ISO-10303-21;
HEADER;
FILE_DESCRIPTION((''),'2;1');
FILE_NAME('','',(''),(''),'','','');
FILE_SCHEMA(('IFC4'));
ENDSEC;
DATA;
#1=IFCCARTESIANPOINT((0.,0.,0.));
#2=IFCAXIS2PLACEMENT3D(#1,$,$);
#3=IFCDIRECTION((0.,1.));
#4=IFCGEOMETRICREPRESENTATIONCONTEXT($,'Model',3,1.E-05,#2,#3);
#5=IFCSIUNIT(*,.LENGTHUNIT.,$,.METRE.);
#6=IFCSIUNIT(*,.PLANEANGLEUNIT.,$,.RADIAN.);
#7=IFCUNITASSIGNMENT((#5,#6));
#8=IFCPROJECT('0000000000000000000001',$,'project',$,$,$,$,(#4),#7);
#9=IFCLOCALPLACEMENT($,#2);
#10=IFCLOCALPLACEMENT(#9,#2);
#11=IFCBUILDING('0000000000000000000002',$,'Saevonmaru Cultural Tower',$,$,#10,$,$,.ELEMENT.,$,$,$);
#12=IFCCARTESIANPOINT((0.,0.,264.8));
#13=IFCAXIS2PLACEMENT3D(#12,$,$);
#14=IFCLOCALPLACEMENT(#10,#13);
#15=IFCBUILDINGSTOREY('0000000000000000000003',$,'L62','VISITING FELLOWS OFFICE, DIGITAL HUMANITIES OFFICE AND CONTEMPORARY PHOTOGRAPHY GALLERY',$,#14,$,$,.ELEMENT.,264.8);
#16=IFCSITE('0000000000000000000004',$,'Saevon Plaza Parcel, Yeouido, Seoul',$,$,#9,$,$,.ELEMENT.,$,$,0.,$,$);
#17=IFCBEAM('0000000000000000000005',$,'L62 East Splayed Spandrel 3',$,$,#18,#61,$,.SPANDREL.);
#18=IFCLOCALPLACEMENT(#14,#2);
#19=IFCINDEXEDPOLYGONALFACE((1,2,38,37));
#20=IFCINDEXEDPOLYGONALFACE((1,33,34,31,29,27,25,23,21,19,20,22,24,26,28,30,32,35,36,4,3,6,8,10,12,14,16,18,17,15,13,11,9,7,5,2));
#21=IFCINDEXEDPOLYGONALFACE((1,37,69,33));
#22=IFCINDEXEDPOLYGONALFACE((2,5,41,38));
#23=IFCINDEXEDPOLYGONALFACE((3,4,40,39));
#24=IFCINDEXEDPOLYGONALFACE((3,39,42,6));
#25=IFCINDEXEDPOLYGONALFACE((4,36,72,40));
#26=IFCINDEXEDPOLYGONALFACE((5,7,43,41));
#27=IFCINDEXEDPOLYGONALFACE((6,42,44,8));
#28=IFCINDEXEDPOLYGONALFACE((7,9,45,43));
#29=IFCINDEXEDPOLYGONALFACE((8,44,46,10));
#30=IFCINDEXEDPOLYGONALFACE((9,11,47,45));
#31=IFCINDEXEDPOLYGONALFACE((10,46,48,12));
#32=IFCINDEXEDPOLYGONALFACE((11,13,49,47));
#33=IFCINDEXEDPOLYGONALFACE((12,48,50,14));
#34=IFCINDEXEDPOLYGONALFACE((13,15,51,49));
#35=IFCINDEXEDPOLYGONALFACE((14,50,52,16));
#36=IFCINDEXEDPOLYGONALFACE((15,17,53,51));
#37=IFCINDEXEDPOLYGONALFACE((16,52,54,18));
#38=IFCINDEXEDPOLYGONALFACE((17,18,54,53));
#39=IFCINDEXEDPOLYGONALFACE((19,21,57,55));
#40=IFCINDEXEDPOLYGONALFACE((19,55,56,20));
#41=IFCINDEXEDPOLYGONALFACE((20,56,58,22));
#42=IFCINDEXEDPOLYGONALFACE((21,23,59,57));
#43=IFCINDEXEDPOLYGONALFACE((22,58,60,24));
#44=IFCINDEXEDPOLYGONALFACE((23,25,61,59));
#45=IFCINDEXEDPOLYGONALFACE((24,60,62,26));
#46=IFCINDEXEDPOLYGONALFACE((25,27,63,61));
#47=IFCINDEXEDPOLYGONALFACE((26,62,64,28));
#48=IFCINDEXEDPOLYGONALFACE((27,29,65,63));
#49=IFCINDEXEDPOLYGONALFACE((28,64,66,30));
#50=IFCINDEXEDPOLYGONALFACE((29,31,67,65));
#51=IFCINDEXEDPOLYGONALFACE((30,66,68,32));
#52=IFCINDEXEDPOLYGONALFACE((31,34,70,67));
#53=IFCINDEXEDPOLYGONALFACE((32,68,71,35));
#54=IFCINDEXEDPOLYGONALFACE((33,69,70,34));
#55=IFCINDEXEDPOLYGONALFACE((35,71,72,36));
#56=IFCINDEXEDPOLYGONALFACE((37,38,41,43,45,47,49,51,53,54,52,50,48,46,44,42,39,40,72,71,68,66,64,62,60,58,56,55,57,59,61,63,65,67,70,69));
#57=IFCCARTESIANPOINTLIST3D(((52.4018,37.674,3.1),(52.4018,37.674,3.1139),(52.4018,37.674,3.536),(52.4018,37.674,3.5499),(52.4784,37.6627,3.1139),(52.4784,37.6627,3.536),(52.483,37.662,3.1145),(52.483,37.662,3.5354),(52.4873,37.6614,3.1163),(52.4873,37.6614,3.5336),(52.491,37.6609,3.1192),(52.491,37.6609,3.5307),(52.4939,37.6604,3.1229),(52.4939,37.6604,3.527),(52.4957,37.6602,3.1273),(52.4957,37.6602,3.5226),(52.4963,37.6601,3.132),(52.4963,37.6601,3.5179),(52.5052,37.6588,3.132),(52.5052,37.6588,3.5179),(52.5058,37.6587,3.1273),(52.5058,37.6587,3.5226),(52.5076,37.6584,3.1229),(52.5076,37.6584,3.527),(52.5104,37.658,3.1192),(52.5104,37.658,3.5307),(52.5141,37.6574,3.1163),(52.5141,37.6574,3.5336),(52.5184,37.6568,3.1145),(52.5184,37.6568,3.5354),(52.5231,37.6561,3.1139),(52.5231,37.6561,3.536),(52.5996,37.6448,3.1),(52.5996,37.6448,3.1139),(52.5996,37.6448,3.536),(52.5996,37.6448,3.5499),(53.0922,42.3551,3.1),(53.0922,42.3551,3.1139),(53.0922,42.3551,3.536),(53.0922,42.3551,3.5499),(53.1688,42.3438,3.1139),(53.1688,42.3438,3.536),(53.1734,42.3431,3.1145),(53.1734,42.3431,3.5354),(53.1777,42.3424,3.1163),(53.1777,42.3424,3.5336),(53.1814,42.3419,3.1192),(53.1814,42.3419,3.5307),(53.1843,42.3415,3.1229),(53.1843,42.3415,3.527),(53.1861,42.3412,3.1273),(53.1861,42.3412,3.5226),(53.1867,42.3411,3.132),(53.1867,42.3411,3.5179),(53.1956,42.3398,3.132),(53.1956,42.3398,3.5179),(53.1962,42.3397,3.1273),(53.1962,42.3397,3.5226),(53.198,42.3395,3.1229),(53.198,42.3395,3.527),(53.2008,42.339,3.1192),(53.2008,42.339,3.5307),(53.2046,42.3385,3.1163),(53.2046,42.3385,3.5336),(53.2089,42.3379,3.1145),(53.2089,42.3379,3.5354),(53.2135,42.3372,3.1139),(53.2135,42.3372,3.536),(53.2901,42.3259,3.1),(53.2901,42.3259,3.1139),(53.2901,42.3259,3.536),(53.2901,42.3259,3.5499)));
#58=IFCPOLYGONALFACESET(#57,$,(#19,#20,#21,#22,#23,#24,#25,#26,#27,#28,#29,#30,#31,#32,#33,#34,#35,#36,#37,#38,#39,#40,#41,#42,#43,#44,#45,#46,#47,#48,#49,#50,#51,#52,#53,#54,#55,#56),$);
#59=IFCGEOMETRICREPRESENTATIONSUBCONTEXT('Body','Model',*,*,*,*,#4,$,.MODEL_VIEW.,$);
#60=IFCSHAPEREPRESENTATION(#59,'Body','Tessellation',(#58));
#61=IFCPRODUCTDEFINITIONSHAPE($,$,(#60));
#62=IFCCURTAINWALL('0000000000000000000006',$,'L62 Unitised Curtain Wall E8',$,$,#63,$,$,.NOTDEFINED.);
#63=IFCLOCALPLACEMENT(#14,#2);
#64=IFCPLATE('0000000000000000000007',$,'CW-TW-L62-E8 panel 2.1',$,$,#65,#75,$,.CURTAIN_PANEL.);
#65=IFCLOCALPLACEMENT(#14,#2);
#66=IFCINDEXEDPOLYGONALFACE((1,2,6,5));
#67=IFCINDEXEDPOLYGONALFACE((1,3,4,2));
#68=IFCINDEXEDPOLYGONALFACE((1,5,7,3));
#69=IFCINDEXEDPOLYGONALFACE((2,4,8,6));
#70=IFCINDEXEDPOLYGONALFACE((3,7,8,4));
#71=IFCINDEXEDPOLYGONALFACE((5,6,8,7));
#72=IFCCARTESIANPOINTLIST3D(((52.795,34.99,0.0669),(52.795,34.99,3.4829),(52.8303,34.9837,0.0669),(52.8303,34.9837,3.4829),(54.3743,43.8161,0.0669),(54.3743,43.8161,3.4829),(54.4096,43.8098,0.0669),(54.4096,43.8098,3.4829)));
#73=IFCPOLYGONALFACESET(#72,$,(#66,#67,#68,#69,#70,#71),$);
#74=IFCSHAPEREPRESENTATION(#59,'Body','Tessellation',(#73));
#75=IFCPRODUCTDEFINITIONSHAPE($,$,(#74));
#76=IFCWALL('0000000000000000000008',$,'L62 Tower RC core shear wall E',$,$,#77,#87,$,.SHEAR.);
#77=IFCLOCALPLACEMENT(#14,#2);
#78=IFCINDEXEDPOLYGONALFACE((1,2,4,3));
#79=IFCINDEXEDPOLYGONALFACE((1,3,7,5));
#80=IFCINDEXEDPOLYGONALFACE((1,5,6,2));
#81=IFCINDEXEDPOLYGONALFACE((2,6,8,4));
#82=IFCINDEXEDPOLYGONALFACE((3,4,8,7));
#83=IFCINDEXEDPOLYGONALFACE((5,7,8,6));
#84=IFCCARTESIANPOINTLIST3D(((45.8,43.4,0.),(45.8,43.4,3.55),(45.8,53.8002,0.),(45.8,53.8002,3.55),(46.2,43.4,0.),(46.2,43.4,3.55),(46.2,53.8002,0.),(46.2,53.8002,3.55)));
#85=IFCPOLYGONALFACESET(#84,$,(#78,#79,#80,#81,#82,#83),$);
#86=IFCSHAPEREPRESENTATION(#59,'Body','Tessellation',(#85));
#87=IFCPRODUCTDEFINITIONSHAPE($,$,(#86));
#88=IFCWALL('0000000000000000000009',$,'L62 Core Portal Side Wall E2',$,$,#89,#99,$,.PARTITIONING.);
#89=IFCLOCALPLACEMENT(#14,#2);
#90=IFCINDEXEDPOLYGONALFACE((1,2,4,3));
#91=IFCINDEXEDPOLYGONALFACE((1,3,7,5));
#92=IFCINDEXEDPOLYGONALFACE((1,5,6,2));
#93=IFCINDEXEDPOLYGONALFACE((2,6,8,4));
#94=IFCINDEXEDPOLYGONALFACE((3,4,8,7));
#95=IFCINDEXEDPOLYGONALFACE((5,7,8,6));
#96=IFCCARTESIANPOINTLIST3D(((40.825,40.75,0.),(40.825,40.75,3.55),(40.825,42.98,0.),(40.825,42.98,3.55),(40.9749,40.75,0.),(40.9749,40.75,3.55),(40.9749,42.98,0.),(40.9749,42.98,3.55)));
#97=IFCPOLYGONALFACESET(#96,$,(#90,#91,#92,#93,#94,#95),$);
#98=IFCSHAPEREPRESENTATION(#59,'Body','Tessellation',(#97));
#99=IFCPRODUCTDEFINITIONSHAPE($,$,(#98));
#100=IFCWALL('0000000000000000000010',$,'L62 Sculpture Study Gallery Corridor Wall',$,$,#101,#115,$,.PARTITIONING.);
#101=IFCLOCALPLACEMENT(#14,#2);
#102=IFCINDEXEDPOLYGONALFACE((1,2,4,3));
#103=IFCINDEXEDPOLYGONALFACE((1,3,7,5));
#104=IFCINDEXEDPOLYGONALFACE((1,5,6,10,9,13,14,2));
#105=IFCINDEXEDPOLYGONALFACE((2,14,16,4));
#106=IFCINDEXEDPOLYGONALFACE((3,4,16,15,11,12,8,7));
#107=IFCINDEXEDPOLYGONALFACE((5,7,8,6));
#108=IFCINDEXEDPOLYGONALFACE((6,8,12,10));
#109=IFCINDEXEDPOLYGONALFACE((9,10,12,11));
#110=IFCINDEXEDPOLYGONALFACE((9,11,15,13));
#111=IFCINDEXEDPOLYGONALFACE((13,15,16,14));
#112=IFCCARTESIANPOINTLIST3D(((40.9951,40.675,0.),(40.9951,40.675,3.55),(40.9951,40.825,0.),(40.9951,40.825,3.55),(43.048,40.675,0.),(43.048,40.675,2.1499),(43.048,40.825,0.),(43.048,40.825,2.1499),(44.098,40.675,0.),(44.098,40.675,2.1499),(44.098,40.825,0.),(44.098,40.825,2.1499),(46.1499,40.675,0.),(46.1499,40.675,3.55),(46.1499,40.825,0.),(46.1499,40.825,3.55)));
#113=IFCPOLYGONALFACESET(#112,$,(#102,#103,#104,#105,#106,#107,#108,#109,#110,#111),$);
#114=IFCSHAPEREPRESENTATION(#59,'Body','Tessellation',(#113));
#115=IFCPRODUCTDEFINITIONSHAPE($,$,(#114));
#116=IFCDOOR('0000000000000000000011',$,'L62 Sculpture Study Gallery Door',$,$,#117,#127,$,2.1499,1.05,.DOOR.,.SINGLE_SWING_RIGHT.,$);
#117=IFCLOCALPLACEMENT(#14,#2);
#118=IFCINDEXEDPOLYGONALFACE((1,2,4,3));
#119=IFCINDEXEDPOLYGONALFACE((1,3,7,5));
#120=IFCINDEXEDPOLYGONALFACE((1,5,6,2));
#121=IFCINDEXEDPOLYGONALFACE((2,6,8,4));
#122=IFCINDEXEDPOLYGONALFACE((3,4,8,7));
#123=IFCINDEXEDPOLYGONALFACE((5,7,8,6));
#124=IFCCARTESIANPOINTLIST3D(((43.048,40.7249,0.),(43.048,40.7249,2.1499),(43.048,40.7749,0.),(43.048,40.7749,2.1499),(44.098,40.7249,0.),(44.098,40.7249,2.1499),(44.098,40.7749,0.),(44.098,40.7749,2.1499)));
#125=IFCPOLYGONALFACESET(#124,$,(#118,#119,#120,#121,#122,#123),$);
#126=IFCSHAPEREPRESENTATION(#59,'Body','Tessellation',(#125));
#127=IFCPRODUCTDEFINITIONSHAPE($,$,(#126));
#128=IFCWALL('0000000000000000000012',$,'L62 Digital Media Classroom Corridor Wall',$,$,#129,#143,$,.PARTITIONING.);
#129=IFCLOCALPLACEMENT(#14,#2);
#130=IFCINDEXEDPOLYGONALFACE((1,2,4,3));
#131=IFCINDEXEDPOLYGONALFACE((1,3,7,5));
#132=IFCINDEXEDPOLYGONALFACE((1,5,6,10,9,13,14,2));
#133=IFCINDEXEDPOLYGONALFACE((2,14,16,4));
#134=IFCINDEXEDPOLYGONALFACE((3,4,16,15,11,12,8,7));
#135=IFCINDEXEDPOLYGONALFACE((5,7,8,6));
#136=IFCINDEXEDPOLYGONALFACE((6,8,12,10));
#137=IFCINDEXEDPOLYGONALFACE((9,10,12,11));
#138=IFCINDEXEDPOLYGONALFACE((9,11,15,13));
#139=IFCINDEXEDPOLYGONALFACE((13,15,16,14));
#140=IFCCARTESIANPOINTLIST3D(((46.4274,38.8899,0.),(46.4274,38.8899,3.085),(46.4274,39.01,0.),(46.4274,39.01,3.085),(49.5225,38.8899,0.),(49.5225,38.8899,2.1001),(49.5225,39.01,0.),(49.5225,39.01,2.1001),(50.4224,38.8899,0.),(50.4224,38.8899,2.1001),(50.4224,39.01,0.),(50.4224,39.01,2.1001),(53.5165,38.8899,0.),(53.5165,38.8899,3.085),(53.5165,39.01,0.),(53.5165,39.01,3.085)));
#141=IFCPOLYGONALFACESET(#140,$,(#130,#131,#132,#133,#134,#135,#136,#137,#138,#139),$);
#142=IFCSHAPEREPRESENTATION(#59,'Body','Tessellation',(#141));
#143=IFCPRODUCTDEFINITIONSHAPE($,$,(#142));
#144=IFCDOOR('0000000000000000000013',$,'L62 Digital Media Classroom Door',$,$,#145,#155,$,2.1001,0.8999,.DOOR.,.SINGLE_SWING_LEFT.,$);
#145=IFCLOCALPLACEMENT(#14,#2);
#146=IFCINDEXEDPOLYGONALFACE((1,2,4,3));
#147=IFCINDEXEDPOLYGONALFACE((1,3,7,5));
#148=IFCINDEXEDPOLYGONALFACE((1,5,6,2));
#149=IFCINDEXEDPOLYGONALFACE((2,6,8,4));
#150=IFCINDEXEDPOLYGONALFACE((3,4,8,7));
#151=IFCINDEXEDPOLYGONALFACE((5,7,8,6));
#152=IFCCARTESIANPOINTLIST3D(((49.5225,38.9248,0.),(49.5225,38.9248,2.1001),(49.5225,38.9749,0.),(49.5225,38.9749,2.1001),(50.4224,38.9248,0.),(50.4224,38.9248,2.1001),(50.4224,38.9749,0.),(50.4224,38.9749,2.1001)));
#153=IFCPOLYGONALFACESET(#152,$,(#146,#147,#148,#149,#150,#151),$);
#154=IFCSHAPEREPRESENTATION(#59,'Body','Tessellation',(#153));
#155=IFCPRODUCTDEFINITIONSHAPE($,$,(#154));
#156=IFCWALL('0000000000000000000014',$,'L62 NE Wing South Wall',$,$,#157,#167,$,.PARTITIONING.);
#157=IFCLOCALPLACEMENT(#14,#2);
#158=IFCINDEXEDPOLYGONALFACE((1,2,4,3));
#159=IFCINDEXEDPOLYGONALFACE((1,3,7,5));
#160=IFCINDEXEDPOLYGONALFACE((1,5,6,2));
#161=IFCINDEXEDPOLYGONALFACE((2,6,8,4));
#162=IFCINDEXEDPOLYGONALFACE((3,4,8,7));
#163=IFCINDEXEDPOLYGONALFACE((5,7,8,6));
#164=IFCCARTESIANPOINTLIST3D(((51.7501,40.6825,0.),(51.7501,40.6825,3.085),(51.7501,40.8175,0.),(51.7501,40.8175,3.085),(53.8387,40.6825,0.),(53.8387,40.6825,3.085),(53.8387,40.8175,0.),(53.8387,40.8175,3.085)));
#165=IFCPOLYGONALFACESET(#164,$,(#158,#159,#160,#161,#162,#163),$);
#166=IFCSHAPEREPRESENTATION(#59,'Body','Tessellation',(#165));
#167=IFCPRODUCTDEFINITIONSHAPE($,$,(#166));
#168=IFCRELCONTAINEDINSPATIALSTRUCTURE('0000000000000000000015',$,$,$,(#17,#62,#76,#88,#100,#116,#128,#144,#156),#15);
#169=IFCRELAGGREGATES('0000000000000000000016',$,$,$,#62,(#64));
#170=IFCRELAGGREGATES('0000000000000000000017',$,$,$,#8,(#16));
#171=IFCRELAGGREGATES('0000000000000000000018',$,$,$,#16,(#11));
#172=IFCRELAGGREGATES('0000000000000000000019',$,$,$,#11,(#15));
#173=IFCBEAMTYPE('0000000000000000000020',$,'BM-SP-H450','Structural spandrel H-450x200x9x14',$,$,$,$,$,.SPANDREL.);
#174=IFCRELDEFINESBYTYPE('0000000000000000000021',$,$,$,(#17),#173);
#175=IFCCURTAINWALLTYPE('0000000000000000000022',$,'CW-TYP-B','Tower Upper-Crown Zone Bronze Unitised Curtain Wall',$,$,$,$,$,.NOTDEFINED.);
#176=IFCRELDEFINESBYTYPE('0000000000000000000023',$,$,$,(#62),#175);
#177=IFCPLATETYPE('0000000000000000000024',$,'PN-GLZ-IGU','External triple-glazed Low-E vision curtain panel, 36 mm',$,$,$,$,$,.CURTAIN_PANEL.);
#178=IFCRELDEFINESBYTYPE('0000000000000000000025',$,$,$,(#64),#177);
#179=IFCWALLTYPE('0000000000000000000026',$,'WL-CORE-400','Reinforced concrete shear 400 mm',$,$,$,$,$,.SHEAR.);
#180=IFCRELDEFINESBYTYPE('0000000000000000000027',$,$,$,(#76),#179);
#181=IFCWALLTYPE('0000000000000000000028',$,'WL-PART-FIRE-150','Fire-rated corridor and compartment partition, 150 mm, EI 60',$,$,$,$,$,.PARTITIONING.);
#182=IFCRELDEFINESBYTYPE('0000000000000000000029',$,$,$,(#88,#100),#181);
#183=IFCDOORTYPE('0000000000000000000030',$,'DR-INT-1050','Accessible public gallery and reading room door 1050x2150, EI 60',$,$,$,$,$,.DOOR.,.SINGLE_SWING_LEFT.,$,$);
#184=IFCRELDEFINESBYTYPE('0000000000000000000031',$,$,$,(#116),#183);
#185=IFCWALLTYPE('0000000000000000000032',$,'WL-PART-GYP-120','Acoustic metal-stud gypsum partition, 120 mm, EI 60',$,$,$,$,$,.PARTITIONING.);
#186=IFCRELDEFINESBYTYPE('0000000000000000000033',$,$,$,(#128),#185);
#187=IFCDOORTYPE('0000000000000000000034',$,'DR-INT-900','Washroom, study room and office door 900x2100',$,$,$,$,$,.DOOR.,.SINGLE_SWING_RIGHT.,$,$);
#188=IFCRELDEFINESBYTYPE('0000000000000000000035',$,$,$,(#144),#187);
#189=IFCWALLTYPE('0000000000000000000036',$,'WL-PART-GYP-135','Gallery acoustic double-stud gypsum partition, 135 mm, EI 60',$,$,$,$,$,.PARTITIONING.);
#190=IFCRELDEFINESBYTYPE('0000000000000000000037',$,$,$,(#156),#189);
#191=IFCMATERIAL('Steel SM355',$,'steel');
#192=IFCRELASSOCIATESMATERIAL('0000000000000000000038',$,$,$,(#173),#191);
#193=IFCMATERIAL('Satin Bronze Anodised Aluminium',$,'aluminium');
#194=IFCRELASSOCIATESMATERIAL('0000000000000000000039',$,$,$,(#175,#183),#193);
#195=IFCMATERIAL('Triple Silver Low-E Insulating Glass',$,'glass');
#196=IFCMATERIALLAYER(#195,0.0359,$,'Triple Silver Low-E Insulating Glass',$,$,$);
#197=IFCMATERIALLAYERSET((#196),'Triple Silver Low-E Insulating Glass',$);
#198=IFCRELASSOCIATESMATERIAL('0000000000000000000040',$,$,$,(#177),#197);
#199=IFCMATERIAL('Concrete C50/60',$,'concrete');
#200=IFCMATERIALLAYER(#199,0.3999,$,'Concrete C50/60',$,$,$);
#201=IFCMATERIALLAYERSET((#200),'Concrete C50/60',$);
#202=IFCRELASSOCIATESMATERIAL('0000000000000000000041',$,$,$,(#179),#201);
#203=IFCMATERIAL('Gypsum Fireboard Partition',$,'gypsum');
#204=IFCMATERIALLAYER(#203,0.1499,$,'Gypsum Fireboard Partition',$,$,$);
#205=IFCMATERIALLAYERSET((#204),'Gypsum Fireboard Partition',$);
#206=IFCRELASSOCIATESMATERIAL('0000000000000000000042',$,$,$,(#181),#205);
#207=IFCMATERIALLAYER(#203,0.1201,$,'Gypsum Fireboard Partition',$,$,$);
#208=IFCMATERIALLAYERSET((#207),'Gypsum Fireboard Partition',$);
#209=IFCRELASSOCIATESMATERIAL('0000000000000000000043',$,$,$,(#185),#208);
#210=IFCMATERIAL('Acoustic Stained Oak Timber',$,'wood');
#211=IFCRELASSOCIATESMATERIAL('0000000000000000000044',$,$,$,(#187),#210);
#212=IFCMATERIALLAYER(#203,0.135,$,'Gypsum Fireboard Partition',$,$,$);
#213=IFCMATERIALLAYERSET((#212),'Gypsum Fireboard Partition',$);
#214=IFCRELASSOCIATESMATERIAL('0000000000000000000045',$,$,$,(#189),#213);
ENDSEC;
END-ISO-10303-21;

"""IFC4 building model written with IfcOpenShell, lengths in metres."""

from ifc_helpers import new_model, si_unit, direction, frame, frame_2d, origin, origin_2d, place, context, subcontext, project, spatial, rectangle, i_section, extrude, material, layer, layer_set, material_profile, profile_set, type_object, element, fill, aggregate, save


model = new_model("IFC4")

# Units and contexts
model_context = context("Model", 3, precision=1e-05, world=origin(), true_north=direction((0.0, 1.0)))
body_context = subcontext(model_context, "Body", "Model", "MODEL_VIEW")
ifc_project = project(units=[si_unit("LENGTHUNIT", "METRE"), si_unit("PLANEANGLEUNIT", "RADIAN")], contexts=[model_context])

# Site, building, storey
site_placement = place(None, origin())
site = spatial("IfcSite", under=ifc_project, at=site_placement, Name="Saevon Plaza Parcel, Yeouido, Seoul", CompositionType="ELEMENT", RefElevation=0.0)
building_placement = place(site_placement, origin())
building = spatial("IfcBuilding", under=site, at=building_placement, Name="Saevonmaru Cultural Tower", CompositionType="ELEMENT")
storey_placement = place(building_placement, frame((0.0, 0.0, 264.8)))
storey = spatial("IfcBuildingStorey", under=building, at=storey_placement, Name="L62", Description="VISITING FELLOWS OFFICE, DIGITAL HUMANITIES OFFICE AND CONTEMPORARY PHOTOGRAPHY GALLERY", CompositionType="ELEMENT", Elevation=264.8)

# Shared definitions
ifc_material_1 = material(Name="Steel SM355", Category="steel")

# Beam
ifc_material_profile_1 = material_profile(ifc_material_1, i_section(OverallWidth=0.2, OverallDepth=0.45, WebThickness=0.009, FlangeThickness=0.0139, FilletRadius=0.0181, at=origin_2d()), Name="H-450x200x9x14")
ifc_profile_set_1 = profile_set([ifc_material_profile_1], Name="Steel SM355")
beam_type_1 = type_object("IfcBeamType", Name="BM-SP-H450", Description="Structural spandrel H-450x200x9x14", PredefinedType="SPANDREL", material=ifc_profile_set_1)
beam_1_placement = place(storey_placement, frame((52.5007, 37.6594, 3.325), z_axis=(0.145913, 0.989297, 0.0), x_axis=(-0.989297, 0.145913, 0.0)))
element("IfcBeam", 1, at=beam_1_placement, inside=storey, type_object=beam_type_1, Name="L62 East Splayed Spandrel 3", PredefinedType="SPANDREL", context=body_context, shape_type="SweptSolid", body=[
    extrude(i_section(OverallWidth=0.2, OverallDepth=0.45, WebThickness=0.009, FlangeThickness=0.0139, FilletRadius=0.0181, at=origin_2d()), origin(), (0.0, 0.0, 1.0), 4.7317),
])

# Curtain wall, plate
ifc_material_2 = material(Name="Satin Bronze Anodised Aluminium", Category="aluminium")
curtain_wall_type = type_object("IfcCurtainWallType", Name="CW-TYP-B", Description="Tower Upper-Crown Zone Bronze Unitised Curtain Wall", PredefinedType="NOTDEFINED", material=ifc_material_2)
curtain_wall_placement = place(storey_placement, origin())
curtain_wall = element("IfcCurtainWall", 2, at=curtain_wall_placement, inside=storey, type_object=curtain_wall_type, Name="L62 Unitised Curtain Wall E8", PredefinedType="NOTDEFINED")
ifc_material_3 = material(Name="Triple Silver Low-E Insulating Glass", Category="glass")
ifc_layer_1 = layer(ifc_material_3, 0.0359, Name="Triple Silver Low-E Insulating Glass")
ifc_layer_set_1 = layer_set([ifc_layer_1], Name="Triple Silver Low-E Insulating Glass")
plate_type = type_object("IfcPlateType", Name="PN-GLZ-IGU", Description="External triple-glazed Low-E vision curtain panel, 36 mm", PredefinedType="CURTAIN_PANEL", material=ifc_layer_set_1)
plate_placement = place(storey_placement, frame((53.6023, 39.3999, 0.0669), z_axis=(0.0, 0.0, 1.0), x_axis=(0.176141, 0.984365, 0.0)))
plate = element("IfcPlate", 3, at=plate_placement, type_object=plate_type, Name="CW-TW-L62-E8 panel 2.1", PredefinedType="CURTAIN_PANEL", context=body_context, shape_type="SweptSolid", body=[
    extrude(rectangle(XDim=8.9663, YDim=0.0359, at=origin_2d()), origin(), (0.0, 0.0, 1.0), 3.416),
])
aggregate(curtain_wall, [plate])

# Wall
ifc_material_4 = material(Name="Concrete C50/60", Category="concrete")
ifc_layer_2 = layer(ifc_material_4, 0.3999, Name="Concrete C50/60")
ifc_layer_set_2 = layer_set([ifc_layer_2], Name="Concrete C50/60")
wall_type_1 = type_object("IfcWallType", Name="WL-CORE-400", Description="Reinforced concrete shear 400 mm", PredefinedType="SHEAR", material=ifc_layer_set_2)
wall_1_placement = place(storey_placement, frame((46.0, 43.3999, 0.0), z_axis=(0.0, 0.0, 1.0), x_axis=(0.0, 1.0, 0.0)))
element("IfcWall", 4, at=wall_1_placement, inside=storey, type_object=wall_type_1, Name="L62 Tower RC core shear wall E", PredefinedType="SHEAR", context=body_context, shape_type="SweptSolid", body=[
    extrude(rectangle(XDim=10.4001, YDim=0.3999, at=frame_2d((5.2002, 0.0))), origin(), (0.0, 0.0, 1.0), 3.55),
])

# Shared definitions
ifc_material_5 = material(Name="Gypsum Fireboard Partition", Category="gypsum")
ifc_layer_3 = layer(ifc_material_5, 0.1499, Name="Gypsum Fireboard Partition")
ifc_layer_set_3 = layer_set([ifc_layer_3], Name="Gypsum Fireboard Partition")
wall_type_2 = type_object("IfcWallType", Name="WL-PART-FIRE-150", Description="Fire-rated corridor and compartment partition, 150 mm, EI 60", PredefinedType="PARTITIONING", material=ifc_layer_set_3)
door_type_1 = type_object("IfcDoorType", Name="DR-INT-1050", Description="Accessible public gallery and reading room door 1050x2150, EI 60", OperationType="SINGLE_SWING_LEFT", PredefinedType="DOOR", material=ifc_material_2)

# Wall
wall_2_placement = place(storey_placement, frame((40.8999, 40.75, 0.0), z_axis=(0.0, 0.0, 1.0), x_axis=(0.0, 1.0, 0.0)))
element("IfcWall", 5, at=wall_2_placement, inside=storey, type_object=wall_type_2, Name="L62 Core Portal Side Wall E2", PredefinedType="PARTITIONING", context=body_context, shape_type="SweptSolid", body=[
    extrude(rectangle(XDim=2.23, YDim=0.1499, at=frame_2d((1.115, 0.0))), origin(), (0.0, 0.0, 1.0), 3.55),
])

# Walls, openings, doors
wall_3_placement = place(storey_placement, frame((40.9951, 40.75, 0.0), z_axis=(0.0, 0.0, 1.0), x_axis=(1.0, 0.0, 0.0)))
wall_3 = element("IfcWall", 6, at=wall_3_placement, inside=storey, type_object=wall_type_2, Name="L62 Sculpture Study Gallery Corridor Wall", PredefinedType="PARTITIONING", context=body_context, shape_type="SweptSolid", body=[
    extrude(rectangle(XDim=5.1548, YDim=0.1499, at=frame_2d((2.5774, 0.0))), origin(), (0.0, 0.0, 1.0), 3.55),
])
opening_1_placement = place(wall_3_placement, frame((2.053, 0.0, 0.0)))
opening_1 = element("IfcOpeningElement", 7, at=opening_1_placement, cuts=wall_3, PredefinedType="OPENING", context=body_context, shape_type="SweptSolid", body=[
    extrude(rectangle(XDim=1.05, YDim=2.1499, at=frame_2d((0.5249, 1.075))), frame((0.0, 0.085, 0.0), z_axis=(0.0, -1.0, 0.0), x_axis=(1.0, 0.0, 0.0)), (0.0, 0.0, 1.0), 0.1699),
])
door_1_placement = place(opening_1_placement, origin())
door_1 = element("IfcDoor", 8, at=door_1_placement, inside=storey, type_object=door_type_1, Name="L62 Sculpture Study Gallery Door", OperationType="SINGLE_SWING_RIGHT", OverallHeight=2.1499, OverallWidth=1.05, PredefinedType="DOOR", context=body_context, shape_type="SweptSolid", body=[
    extrude(rectangle(XDim=1.05, YDim=2.1499, at=frame_2d((0.5249, 1.075))), frame((0.0, 0.0249, 0.0), z_axis=(0.0, -1.0, 0.0), x_axis=(1.0, 0.0, 0.0)), (0.0, 0.0, 1.0), 0.05),
])
fill(opening_1, door_1)
ifc_layer_4 = layer(ifc_material_5, 0.1201, Name="Gypsum Fireboard Partition")
ifc_layer_set_4 = layer_set([ifc_layer_4], Name="Gypsum Fireboard Partition")
wall_type_3 = type_object("IfcWallType", Name="WL-PART-GYP-120", Description="Acoustic metal-stud gypsum partition, 120 mm, EI 60", PredefinedType="PARTITIONING", material=ifc_layer_set_4)
wall_4_placement = place(storey_placement, frame((46.4275, 38.95, 0.0), z_axis=(0.0, 0.0, 1.0), x_axis=(1.0, 0.0, 0.0)))
wall_4 = element("IfcWall", 9, at=wall_4_placement, inside=storey, type_object=wall_type_3, Name="L62 Digital Media Classroom Corridor Wall", PredefinedType="PARTITIONING", context=body_context, shape_type="SweptSolid", body=[
    extrude(rectangle(XDim=7.0891, YDim=0.1201, at=frame_2d((3.5444, 0.0))), origin(), (0.0, 0.0, 1.0), 3.085),
])
opening_2_placement = place(wall_4_placement, frame((3.095, 0.0, 0.0)))
opening_2 = element("IfcOpeningElement", 10, at=opening_2_placement, cuts=wall_4, PredefinedType="OPENING", context=body_context, shape_type="SweptSolid", body=[
    extrude(rectangle(XDim=0.8999, YDim=2.1001, at=frame_2d((0.45, 1.05))), frame((0.0, 0.0701, 0.0), z_axis=(0.0, -1.0, 0.0), x_axis=(1.0, 0.0, 0.0)), (0.0, 0.0, 1.0), 0.1401),
])
ifc_material_6 = material(Name="Acoustic Stained Oak Timber", Category="wood")
door_type_2 = type_object("IfcDoorType", Name="DR-INT-900", Description="Washroom, study room and office door 900x2100", OperationType="SINGLE_SWING_RIGHT", PredefinedType="DOOR", material=ifc_material_6)
door_2_placement = place(opening_2_placement, origin())
door_2 = element("IfcDoor", 11, at=door_2_placement, inside=storey, type_object=door_type_2, Name="L62 Digital Media Classroom Door", OperationType="SINGLE_SWING_LEFT", OverallHeight=2.1001, OverallWidth=0.8999, PredefinedType="DOOR", context=body_context, shape_type="SweptSolid", body=[
    extrude(rectangle(XDim=0.8999, YDim=2.1001, at=frame_2d((0.45, 1.05))), frame((0.0, 0.0249, 0.0), z_axis=(0.0, -1.0, 0.0), x_axis=(1.0, 0.0, 0.0)), (0.0, 0.0, 1.0), 0.05),
])
fill(opening_2, door_2)

# Wall
ifc_layer_5 = layer(ifc_material_5, 0.135, Name="Gypsum Fireboard Partition")
ifc_layer_set_5 = layer_set([ifc_layer_5], Name="Gypsum Fireboard Partition")
wall_type_4 = type_object("IfcWallType", Name="WL-PART-GYP-135", Description="Gallery acoustic double-stud gypsum partition, 135 mm, EI 60", PredefinedType="PARTITIONING", material=ifc_layer_set_5)
wall_5_placement = place(storey_placement, frame((51.75, 40.75, 0.0), z_axis=(0.0, 0.0, 1.0), x_axis=(1.0, 0.0, 0.0)))
element("IfcWall", 12, at=wall_5_placement, inside=storey, type_object=wall_type_4, Name="L62 NE Wing South Wall", PredefinedType="PARTITIONING", context=body_context, shape_type="SweptSolid", body=[
    extrude(rectangle(XDim=2.0886, YDim=0.135, at=frame_2d((1.0444, 0.0))), origin(), (0.0, 0.0, 1.0), 3.085),
])

save(model, "model.ifc")
